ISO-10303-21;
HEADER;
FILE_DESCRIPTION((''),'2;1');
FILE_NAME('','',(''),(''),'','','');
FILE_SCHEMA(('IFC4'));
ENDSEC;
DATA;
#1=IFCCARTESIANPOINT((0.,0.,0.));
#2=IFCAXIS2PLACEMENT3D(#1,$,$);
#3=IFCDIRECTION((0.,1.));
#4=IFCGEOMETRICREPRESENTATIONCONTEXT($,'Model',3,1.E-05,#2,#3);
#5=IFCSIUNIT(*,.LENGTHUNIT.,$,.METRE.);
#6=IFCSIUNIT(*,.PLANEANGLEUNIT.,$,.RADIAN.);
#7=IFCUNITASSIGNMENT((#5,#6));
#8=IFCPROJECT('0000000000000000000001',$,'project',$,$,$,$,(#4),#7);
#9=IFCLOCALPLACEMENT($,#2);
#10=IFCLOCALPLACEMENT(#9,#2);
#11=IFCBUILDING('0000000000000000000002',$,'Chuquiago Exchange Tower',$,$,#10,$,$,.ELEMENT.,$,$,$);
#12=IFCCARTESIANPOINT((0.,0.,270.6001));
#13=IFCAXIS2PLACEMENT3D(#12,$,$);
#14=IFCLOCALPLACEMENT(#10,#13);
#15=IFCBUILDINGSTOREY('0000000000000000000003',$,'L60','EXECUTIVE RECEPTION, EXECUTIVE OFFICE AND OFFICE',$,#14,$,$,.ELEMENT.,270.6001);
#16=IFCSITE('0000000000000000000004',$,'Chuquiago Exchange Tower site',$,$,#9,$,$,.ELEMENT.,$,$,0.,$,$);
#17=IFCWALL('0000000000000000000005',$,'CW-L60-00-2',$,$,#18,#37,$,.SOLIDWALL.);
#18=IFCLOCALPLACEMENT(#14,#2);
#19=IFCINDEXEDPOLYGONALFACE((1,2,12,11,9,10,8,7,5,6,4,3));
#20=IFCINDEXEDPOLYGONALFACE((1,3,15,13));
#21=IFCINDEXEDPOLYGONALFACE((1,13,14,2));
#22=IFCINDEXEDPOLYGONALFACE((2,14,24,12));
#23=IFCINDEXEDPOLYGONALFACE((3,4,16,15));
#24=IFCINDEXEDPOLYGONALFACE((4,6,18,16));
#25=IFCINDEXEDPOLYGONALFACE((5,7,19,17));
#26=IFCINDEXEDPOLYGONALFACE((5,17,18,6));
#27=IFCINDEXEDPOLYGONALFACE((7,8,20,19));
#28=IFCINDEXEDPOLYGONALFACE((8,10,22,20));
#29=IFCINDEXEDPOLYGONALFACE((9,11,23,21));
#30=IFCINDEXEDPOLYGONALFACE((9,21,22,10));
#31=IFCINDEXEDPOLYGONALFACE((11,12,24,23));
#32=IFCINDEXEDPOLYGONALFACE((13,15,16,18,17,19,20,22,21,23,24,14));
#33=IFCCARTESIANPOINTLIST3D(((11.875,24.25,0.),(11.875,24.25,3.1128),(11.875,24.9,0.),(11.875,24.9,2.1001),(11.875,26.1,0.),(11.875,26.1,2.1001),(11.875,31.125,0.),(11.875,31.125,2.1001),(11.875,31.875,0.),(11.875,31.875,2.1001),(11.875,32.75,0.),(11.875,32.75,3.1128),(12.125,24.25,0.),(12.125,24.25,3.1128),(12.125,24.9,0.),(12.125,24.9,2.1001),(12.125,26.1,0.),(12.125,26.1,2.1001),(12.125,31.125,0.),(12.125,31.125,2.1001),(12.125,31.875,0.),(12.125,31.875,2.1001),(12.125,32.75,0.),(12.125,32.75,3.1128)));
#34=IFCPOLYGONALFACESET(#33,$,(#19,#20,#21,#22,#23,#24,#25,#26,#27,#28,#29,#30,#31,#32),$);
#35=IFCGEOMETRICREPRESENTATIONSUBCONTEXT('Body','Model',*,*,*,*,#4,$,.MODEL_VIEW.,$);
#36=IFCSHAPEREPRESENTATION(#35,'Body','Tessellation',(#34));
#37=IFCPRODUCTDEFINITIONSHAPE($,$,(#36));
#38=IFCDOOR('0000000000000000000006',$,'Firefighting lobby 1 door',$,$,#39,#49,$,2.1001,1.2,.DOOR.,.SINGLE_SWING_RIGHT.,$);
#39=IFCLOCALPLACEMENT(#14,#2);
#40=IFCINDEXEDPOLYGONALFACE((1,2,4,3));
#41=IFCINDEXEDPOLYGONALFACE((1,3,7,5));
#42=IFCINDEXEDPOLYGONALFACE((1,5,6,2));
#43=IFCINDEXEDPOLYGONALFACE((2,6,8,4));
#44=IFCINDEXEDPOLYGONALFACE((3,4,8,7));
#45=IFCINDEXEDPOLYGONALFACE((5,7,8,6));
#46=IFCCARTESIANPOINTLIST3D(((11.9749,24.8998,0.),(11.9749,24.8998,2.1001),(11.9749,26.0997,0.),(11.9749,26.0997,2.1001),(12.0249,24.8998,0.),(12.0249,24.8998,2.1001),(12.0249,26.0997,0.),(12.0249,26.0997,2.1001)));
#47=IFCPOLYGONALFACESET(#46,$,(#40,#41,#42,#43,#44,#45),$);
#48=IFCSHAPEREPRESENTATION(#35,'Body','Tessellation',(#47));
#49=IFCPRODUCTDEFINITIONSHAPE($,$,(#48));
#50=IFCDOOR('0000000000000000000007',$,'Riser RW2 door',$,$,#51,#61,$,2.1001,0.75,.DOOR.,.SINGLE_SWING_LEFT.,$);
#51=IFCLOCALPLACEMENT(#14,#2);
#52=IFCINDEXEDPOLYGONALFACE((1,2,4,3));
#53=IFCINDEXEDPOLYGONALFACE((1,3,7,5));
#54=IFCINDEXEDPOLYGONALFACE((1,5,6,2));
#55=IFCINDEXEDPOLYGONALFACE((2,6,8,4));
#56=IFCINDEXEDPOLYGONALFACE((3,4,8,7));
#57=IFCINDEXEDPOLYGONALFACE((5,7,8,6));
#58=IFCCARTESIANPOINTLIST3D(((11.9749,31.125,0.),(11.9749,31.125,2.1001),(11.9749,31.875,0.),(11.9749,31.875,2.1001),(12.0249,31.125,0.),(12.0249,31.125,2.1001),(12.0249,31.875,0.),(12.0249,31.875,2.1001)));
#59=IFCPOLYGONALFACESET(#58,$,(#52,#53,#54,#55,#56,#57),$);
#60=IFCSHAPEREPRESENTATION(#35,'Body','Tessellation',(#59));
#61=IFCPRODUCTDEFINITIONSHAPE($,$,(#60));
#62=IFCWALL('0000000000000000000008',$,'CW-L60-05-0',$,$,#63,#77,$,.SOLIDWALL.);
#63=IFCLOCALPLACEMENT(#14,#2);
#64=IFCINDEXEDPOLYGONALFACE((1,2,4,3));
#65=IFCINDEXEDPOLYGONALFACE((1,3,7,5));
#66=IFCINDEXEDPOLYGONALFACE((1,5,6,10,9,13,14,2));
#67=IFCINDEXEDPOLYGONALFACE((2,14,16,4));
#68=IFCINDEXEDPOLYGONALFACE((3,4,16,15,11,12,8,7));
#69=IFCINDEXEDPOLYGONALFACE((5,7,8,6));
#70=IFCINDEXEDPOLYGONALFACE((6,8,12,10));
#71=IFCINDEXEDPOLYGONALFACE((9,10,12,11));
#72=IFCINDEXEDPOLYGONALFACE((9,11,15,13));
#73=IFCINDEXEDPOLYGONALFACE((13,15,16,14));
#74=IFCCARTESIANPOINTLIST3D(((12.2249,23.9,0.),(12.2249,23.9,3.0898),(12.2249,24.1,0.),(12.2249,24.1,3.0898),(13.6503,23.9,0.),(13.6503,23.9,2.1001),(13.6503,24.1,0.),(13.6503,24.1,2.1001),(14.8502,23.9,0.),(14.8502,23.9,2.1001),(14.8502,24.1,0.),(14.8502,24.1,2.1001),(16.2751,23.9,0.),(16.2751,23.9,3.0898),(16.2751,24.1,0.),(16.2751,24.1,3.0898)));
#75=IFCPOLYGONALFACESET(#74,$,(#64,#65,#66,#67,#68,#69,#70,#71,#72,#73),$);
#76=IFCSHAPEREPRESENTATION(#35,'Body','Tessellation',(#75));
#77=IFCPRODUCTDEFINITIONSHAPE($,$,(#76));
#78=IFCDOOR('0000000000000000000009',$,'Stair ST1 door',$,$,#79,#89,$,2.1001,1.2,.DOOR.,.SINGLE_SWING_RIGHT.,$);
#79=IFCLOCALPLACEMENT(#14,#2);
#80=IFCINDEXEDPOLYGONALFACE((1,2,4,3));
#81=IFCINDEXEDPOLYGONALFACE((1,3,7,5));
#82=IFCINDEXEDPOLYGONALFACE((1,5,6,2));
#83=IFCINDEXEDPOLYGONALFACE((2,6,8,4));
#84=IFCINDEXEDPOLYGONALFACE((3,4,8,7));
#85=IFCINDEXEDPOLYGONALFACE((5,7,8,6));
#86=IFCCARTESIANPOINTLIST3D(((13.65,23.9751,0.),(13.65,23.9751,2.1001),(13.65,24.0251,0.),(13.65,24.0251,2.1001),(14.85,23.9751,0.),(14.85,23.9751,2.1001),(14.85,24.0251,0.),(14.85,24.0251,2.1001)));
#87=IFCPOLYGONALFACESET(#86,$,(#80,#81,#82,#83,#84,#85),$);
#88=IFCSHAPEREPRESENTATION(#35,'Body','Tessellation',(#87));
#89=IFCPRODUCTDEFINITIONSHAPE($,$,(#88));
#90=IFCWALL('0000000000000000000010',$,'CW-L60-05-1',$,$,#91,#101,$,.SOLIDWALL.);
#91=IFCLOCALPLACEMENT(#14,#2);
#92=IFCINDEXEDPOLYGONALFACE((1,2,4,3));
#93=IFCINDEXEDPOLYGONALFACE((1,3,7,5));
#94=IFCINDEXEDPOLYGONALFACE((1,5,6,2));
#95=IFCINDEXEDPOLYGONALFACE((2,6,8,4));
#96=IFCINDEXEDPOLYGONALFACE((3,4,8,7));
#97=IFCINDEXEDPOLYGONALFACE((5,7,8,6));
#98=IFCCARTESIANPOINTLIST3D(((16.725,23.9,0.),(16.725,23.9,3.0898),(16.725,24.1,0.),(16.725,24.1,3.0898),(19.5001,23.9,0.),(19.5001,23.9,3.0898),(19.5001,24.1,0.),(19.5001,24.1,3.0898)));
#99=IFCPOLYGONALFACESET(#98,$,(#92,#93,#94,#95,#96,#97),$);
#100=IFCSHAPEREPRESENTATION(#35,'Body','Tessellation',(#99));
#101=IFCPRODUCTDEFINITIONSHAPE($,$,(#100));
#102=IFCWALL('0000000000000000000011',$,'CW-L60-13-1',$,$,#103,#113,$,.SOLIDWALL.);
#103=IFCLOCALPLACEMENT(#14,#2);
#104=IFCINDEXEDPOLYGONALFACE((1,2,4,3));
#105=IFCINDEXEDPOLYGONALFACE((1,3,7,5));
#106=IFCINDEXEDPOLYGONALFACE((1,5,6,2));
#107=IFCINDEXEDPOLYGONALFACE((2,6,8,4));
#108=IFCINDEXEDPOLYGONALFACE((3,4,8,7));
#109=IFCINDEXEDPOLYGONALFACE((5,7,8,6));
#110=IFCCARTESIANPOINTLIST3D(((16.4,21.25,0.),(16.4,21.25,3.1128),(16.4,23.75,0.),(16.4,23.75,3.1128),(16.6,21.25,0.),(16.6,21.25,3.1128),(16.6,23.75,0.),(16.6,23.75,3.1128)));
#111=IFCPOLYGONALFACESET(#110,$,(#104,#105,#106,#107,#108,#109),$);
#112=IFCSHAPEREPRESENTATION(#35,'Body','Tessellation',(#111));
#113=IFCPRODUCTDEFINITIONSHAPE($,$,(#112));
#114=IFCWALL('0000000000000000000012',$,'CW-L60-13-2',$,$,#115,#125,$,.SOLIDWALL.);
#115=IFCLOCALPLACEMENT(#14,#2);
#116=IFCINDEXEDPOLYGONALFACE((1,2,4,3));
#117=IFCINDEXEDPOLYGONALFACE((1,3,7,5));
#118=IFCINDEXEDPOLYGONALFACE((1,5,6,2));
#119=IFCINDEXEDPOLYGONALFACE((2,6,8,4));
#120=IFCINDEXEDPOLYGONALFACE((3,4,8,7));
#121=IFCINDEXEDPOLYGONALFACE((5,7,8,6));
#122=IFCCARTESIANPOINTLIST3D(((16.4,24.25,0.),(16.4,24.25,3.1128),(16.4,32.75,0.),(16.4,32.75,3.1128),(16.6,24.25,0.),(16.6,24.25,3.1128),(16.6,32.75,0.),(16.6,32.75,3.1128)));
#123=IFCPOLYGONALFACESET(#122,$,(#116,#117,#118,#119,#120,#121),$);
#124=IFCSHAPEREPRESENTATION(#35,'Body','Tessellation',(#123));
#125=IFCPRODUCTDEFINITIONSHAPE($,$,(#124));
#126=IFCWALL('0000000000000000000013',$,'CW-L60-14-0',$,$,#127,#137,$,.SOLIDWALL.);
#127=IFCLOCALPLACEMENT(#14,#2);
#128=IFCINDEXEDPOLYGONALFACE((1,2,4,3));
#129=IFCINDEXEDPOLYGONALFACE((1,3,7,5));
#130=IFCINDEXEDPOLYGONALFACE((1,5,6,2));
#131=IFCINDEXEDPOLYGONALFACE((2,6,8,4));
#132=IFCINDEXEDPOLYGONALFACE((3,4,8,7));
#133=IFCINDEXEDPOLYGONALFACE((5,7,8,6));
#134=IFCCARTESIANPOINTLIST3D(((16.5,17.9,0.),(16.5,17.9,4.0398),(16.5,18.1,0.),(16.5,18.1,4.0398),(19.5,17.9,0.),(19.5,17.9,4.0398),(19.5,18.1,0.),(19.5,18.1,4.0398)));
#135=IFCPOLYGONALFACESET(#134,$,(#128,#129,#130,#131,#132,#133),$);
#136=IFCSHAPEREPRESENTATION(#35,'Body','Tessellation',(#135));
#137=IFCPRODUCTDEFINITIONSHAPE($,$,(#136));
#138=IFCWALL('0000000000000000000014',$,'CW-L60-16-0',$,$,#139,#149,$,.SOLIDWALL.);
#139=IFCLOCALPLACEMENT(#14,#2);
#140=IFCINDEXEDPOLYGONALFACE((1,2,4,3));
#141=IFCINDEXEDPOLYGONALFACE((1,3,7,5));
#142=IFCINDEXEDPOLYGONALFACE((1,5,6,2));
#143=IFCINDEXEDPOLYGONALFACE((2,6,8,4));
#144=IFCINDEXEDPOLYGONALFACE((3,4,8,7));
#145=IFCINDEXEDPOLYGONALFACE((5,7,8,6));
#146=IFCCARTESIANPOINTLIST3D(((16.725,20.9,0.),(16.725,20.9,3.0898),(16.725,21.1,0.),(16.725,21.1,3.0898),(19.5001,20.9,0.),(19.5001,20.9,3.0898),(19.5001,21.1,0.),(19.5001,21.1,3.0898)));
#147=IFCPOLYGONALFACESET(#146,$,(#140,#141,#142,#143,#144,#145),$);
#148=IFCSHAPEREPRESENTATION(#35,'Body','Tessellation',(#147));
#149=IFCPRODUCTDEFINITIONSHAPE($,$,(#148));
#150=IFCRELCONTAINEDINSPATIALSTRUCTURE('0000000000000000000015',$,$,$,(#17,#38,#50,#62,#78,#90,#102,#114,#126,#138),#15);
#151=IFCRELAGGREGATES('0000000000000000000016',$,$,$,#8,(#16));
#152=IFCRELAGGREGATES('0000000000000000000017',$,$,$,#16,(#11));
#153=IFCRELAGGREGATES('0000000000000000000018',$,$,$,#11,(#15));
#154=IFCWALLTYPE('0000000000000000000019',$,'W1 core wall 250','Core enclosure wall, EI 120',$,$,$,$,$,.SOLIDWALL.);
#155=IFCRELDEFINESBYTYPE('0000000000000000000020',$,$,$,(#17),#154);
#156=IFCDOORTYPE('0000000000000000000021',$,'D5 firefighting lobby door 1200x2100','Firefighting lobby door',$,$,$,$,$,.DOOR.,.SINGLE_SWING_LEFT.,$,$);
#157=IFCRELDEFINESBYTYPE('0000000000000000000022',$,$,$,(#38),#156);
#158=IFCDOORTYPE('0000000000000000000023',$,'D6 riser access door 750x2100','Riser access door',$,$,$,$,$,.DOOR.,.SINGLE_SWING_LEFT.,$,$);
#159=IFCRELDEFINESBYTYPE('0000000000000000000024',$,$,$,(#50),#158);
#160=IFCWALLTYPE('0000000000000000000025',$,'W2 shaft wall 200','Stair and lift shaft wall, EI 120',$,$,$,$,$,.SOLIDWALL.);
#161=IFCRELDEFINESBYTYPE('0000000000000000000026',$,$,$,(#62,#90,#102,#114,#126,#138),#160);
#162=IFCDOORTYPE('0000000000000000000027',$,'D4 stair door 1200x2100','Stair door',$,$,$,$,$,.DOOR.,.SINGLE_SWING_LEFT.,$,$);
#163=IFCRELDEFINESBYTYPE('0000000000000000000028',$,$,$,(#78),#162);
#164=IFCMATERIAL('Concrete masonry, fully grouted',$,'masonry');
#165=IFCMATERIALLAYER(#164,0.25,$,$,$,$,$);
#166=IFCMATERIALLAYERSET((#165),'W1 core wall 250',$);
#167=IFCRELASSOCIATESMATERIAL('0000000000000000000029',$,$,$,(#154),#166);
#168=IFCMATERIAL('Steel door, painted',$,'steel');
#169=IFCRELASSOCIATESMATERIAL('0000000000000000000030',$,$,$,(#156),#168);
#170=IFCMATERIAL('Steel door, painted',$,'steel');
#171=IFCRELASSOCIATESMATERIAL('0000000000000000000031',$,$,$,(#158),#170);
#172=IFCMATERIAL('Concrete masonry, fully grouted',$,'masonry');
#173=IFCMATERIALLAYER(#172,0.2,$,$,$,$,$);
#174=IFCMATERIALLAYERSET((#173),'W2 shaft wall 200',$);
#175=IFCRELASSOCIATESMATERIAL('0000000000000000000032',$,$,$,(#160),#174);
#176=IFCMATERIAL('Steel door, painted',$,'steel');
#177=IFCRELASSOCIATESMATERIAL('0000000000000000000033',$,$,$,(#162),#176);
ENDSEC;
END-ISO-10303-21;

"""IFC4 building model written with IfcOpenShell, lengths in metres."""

from ifc_helpers import new_model, si_unit, direction, frame, frame_2d, origin, place, context, subcontext, project, spatial, rectangle, extrude, material, layer, layer_set, type_object, element, fill, save


model = new_model("IFC4")

# Units and contexts
model_context = context("Model", 3, precision=1e-05, world=origin(), true_north=direction((0.0, 1.0)))
body_context = subcontext(model_context, "Body", "Model", "MODEL_VIEW")
ifc_project = project(units=[si_unit("LENGTHUNIT", "METRE"), si_unit("PLANEANGLEUNIT", "RADIAN")], contexts=[model_context])

# Site, building, storey
site_placement = place(None, origin())
site = spatial("IfcSite", under=ifc_project, at=site_placement, Name="Chuquiago Exchange Tower site", CompositionType="ELEMENT", RefElevation=0.0)
building_placement = place(site_placement, origin())
building = spatial("IfcBuilding", under=site, at=building_placement, Name="Chuquiago Exchange Tower", CompositionType="ELEMENT")
storey_placement = place(building_placement, frame((0.0, 0.0, 270.6001)))
storey = spatial("IfcBuildingStorey", under=building, at=storey_placement, Name="L60", Description="EXECUTIVE RECEPTION, EXECUTIVE OFFICE AND OFFICE", CompositionType="ELEMENT", Elevation=270.6001)

# Shared definitions
ifc_material_1 = material(Name="Concrete masonry, fully grouted", Category="masonry")
ifc_layer_1 = layer(ifc_material_1, 0.25)
ifc_layer_set_1 = layer_set([ifc_layer_1], Name="W1 core wall 250")
wall_type_1 = type_object("IfcWallType", Name="W1 core wall 250", Description="Core enclosure wall, EI 120", PredefinedType="SOLIDWALL", material=ifc_layer_set_1)

# Wall, openings, doors
wall_1_placement = place(storey_placement, frame((12.0, 24.25, 0.0), z_axis=(0.0, 0.0, 1.0), x_axis=(0.0, 1.0, 0.0)))
wall_1 = element("IfcWall", 1, at=wall_1_placement, inside=storey, type_object=wall_type_1, Name="CW-L60-00-2", PredefinedType="SOLIDWALL", context=body_context, shape_type="SweptSolid", body=[
    extrude(rectangle(XDim=8.5, YDim=0.25, at=frame_2d((4.25, 0.0))), origin(), (0.0, 0.0, 1.0), 3.1128),
])
opening_1_placement = place(wall_1_placement, frame((0.6499, 0.0, 0.0)))
opening_1 = element("IfcOpeningElement", 2, at=opening_1_placement, cuts=wall_1, PredefinedType="OPENING", context=body_context, shape_type="SweptSolid", body=[
    extrude(rectangle(XDim=1.2, YDim=2.1001, at=frame_2d((0.6001, 1.05))), frame((0.0, 0.135, 0.0), z_axis=(0.0, -1.0, 0.0), x_axis=(1.0, 0.0, 0.0)), (0.0, 0.0, 1.0), 0.27),
])
opening_2_placement = place(wall_1_placement, frame((6.875, 0.0, 0.0)))
opening_2 = element("IfcOpeningElement", 3, at=opening_2_placement, cuts=wall_1, PredefinedType="OPENING", context=body_context, shape_type="SweptSolid", body=[
    extrude(rectangle(XDim=0.75, YDim=2.1001, at=frame_2d((0.375, 1.05))), frame((0.0, 0.135, 0.0), z_axis=(0.0, -1.0, 0.0), x_axis=(1.0, 0.0, 0.0)), (0.0, 0.0, 1.0), 0.27),
])
ifc_material_2 = material(Name="Steel door, painted", Category="steel")
door_type_1 = type_object("IfcDoorType", Name="D5 firefighting lobby door 1200x2100", Description="Firefighting lobby door", OperationType="SINGLE_SWING_LEFT", PredefinedType="DOOR", material=ifc_material_2)
door_1_placement = place(opening_1_placement, frame((1.2, 0.0, 0.0), z_axis=(0.0, 0.0, 1.0), x_axis=(-1.0, 0.0, 0.0)))
door_1 = element("IfcDoor", 4, at=door_1_placement, inside=storey, type_object=door_type_1, Name="Firefighting lobby 1 door", OperationType="SINGLE_SWING_RIGHT", OverallHeight=2.1001, OverallWidth=1.2, PredefinedType="DOOR", context=body_context, shape_type="SweptSolid", body=[
    extrude(rectangle(XDim=1.2, YDim=2.1001, at=frame_2d((0.6001, 1.05))), frame((0.0, 0.0249, 0.0), z_axis=(0.0, -1.0, 0.0), x_axis=(1.0, 0.0, 0.0)), (0.0, 0.0, 1.0), 0.05),
])
fill(opening_1, door_1)
ifc_material_3 = material(Name="Steel door, painted", Category="steel")
door_type_2 = type_object("IfcDoorType", Name="D6 riser access door 750x2100", Description="Riser access door", OperationType="SINGLE_SWING_LEFT", PredefinedType="DOOR", material=ifc_material_3)
door_2_placement = place(opening_2_placement, frame((0.75, 0.0, 0.0), z_axis=(0.0, 0.0, 1.0), x_axis=(-1.0, 0.0, 0.0)))
door_2 = element("IfcDoor", 5, at=door_2_placement, inside=storey, type_object=door_type_2, Name="Riser RW2 door", OperationType="SINGLE_SWING_LEFT", OverallHeight=2.1001, OverallWidth=0.75, PredefinedType="DOOR", context=body_context, shape_type="SweptSolid", body=[
    extrude(rectangle(XDim=0.75, YDim=2.1001, at=frame_2d((0.375, 1.05))), frame((0.0, 0.0249, 0.0), z_axis=(0.0, -1.0, 0.0), x_axis=(1.0, 0.0, 0.0)), (0.0, 0.0, 1.0), 0.05),
])
fill(opening_2, door_2)

# Wall, opening, door
ifc_material_4 = material(Name="Concrete masonry, fully grouted", Category="masonry")
ifc_layer_2 = layer(ifc_material_4, 0.2)
ifc_layer_set_2 = layer_set([ifc_layer_2], Name="W2 shaft wall 200")
wall_type_2 = type_object("IfcWallType", Name="W2 shaft wall 200", Description="Stair and lift shaft wall, EI 120", PredefinedType="SOLIDWALL", material=ifc_layer_set_2)
wall_2_placement = place(storey_placement, frame((12.2249, 24.0, 0.0), z_axis=(0.0, 0.0, 1.0), x_axis=(1.0, 0.0, 0.0)))
wall_2 = element("IfcWall", 6, at=wall_2_placement, inside=storey, type_object=wall_type_2, Name="CW-L60-05-0", PredefinedType="SOLIDWALL", context=body_context, shape_type="SweptSolid", body=[
    extrude(rectangle(XDim=4.0503, YDim=0.2, at=frame_2d((2.0251, 0.0))), origin(), (0.0, 0.0, 1.0), 3.0898),
])
opening_3_placement = place(wall_2_placement, frame((1.4253, 0.0, 0.0)))
opening_3 = element("IfcOpeningElement", 7, at=opening_3_placement, cuts=wall_2, PredefinedType="OPENING", context=body_context, shape_type="SweptSolid", body=[
    extrude(rectangle(XDim=1.2, YDim=2.1001, at=frame_2d((0.6001, 1.05))), frame((0.0, 0.1099, 0.0), z_axis=(0.0, -1.0, 0.0), x_axis=(1.0, 0.0, 0.0)), (0.0, 0.0, 1.0), 0.22),
])
ifc_material_5 = material(Name="Steel door, painted", Category="steel")
door_type_3 = type_object("IfcDoorType", Name="D4 stair door 1200x2100", Description="Stair door", OperationType="SINGLE_SWING_LEFT", PredefinedType="DOOR", material=ifc_material_5)
door_3_placement = place(opening_3_placement, frame((1.2, 0.0, 0.0), z_axis=(0.0, 0.0, 1.0), x_axis=(-1.0, 0.0, 0.0)))
door_3 = element("IfcDoor", 8, at=door_3_placement, inside=storey, type_object=door_type_3, Name="Stair ST1 door", OperationType="SINGLE_SWING_RIGHT", OverallHeight=2.1001, OverallWidth=1.2, PredefinedType="DOOR", context=body_context, shape_type="SweptSolid", body=[
    extrude(rectangle(XDim=1.2, YDim=2.1001, at=frame_2d((0.6001, 1.05))), frame((0.0, 0.0249, 0.0), z_axis=(0.0, -1.0, 0.0), x_axis=(1.0, 0.0, 0.0)), (0.0, 0.0, 1.0), 0.05),
])
fill(opening_3, door_3)

# Walls
wall_3_placement = place(storey_placement, frame((16.7249, 24.0, 0.0), z_axis=(0.0, 0.0, 1.0), x_axis=(1.0, 0.0, 0.0)))
element("IfcWall", 9, at=wall_3_placement, inside=storey, type_object=wall_type_2, Name="CW-L60-05-1", PredefinedType="SOLIDWALL", context=body_context, shape_type="SweptSolid", body=[
    extrude(rectangle(XDim=2.7751, YDim=0.2, at=frame_2d((1.3877, 0.0))), origin(), (0.0, 0.0, 1.0), 3.0898),
])
wall_4_placement = place(storey_placement, frame((16.5, 21.25, 0.0), z_axis=(0.0, 0.0, 1.0), x_axis=(0.0, 1.0, 0.0)))
element("IfcWall", 10, at=wall_4_placement, inside=storey, type_object=wall_type_2, Name="CW-L60-13-1", PredefinedType="SOLIDWALL", context=body_context, shape_type="SweptSolid", body=[
    extrude(rectangle(XDim=2.5, YDim=0.2, at=frame_2d((1.25, 0.0))), origin(), (0.0, 0.0, 1.0), 3.1128),
])
wall_5_placement = place(storey_placement, frame((16.5, 24.25, 0.0), z_axis=(0.0, 0.0, 1.0), x_axis=(0.0, 1.0, 0.0)))
element("IfcWall", 11, at=wall_5_placement, inside=storey, type_object=wall_type_2, Name="CW-L60-13-2", PredefinedType="SOLIDWALL", context=body_context, shape_type="SweptSolid", body=[
    extrude(rectangle(XDim=8.5, YDim=0.2, at=frame_2d((4.25, 0.0))), origin(), (0.0, 0.0, 1.0), 3.1128),
])
wall_6_placement = place(storey_placement, frame((16.5, 18.0, 0.0), z_axis=(0.0, 0.0, 1.0), x_axis=(1.0, 0.0, 0.0)))
element("IfcWall", 12, at=wall_6_placement, inside=storey, type_object=wall_type_2, Name="CW-L60-14-0", PredefinedType="SOLIDWALL", context=body_context, shape_type="SweptSolid", body=[
    extrude(rectangle(XDim=3.0, YDim=0.2, at=frame_2d((1.5, 0.0))), origin(), (0.0, 0.0, 1.0), 4.0398),
])
wall_7_placement = place(storey_placement, frame((16.7249, 21.0, 0.0), z_axis=(0.0, 0.0, 1.0), x_axis=(1.0, 0.0, 0.0)))
element("IfcWall", 13, at=wall_7_placement, inside=storey, type_object=wall_type_2, Name="CW-L60-16-0", PredefinedType="SOLIDWALL", context=body_context, shape_type="SweptSolid", body=[
    extrude(rectangle(XDim=2.7751, YDim=0.2, at=frame_2d((1.3877, 0.0))), origin(), (0.0, 0.0, 1.0), 3.0898),
])

save(model, "model.ifc")
